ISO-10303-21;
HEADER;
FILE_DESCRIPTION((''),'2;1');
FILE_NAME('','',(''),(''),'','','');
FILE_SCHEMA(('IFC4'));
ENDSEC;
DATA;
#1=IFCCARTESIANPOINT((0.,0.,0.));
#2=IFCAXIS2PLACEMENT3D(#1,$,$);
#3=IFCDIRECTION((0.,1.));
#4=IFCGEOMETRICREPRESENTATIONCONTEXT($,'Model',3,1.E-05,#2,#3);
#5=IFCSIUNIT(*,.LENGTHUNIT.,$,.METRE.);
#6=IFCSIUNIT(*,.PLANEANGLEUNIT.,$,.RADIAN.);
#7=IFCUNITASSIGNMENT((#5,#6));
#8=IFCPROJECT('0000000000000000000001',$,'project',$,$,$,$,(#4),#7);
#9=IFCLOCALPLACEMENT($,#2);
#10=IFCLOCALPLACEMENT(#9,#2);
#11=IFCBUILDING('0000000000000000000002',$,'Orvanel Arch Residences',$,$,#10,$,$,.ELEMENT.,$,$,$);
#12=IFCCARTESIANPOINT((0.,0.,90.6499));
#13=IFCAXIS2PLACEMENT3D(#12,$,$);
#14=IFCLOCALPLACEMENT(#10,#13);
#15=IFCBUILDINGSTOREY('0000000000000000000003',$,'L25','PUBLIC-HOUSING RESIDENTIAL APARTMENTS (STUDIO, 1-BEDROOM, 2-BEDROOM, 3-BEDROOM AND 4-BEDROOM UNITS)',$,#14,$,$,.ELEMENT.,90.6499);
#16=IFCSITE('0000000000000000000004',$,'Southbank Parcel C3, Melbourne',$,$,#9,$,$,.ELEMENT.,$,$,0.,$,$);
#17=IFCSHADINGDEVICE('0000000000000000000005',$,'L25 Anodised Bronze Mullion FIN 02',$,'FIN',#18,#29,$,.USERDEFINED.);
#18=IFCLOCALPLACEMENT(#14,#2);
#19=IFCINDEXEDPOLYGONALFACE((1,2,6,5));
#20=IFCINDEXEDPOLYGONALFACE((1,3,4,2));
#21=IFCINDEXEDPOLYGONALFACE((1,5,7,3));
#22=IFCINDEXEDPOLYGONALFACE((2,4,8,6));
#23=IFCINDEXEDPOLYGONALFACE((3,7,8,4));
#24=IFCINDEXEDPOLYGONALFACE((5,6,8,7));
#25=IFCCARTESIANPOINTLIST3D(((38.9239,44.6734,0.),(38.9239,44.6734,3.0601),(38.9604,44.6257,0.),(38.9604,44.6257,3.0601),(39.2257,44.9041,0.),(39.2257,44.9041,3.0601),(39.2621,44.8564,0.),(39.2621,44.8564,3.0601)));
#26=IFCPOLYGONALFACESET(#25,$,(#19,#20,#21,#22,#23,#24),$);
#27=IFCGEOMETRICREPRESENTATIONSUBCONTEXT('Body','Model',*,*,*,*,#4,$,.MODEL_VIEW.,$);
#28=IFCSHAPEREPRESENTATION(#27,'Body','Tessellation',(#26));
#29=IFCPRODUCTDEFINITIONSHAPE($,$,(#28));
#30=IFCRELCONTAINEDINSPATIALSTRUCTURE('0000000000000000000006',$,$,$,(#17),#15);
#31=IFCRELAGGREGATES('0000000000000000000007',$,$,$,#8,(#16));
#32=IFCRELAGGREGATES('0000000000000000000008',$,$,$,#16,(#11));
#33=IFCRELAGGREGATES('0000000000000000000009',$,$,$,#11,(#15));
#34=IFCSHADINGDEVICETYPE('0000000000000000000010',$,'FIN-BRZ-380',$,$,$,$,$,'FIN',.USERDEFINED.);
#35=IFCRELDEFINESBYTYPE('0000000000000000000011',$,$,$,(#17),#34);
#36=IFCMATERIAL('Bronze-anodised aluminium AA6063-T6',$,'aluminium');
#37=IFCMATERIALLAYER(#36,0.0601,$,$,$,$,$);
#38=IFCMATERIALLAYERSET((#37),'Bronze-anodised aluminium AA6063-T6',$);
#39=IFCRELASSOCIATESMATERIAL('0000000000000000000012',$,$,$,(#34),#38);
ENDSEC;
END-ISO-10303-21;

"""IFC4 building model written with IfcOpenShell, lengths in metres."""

from ifc_helpers import new_model, si_unit, direction, frame, origin, origin_2d, place, context, subcontext, project, spatial, rectangle, extrude, material, layer, layer_set, type_object, element, save


model = new_model("IFC4")

# Units and contexts
model_context = context("Model", 3, precision=1e-05, world=origin(), true_north=direction((0.0, 1.0)))
body_context = subcontext(model_context, "Body", "Model", "MODEL_VIEW")
ifc_project = project(units=[si_unit("LENGTHUNIT", "METRE"), si_unit("PLANEANGLEUNIT", "RADIAN")], contexts=[model_context])

# Site, building, storey
site_placement = place(None, origin())
site = spatial("IfcSite", under=ifc_project, at=site_placement, Name="Southbank Parcel C3, Melbourne", CompositionType="ELEMENT", RefElevation=0.0)
building_placement = place(site_placement, origin())
building = spatial("IfcBuilding", under=site, at=building_placement, Name="Orvanel Arch Residences", CompositionType="ELEMENT")
storey_placement = place(building_placement, frame((0.0, 0.0, 90.6499)))
storey = spatial("IfcBuildingStorey", under=building, at=storey_placement, Name="L25", Description="PUBLIC-HOUSING RESIDENTIAL APARTMENTS (STUDIO, 1-BEDROOM, 2-BEDROOM, 3-BEDROOM AND 4-BEDROOM UNITS)", CompositionType="ELEMENT", Elevation=90.6499)

# Shared definitions
ifc_material_1 = material(Name="Bronze-anodised aluminium AA6063-T6", Category="aluminium")

# Shading device
ifc_layer_1 = layer(ifc_material_1, 0.0601)
ifc_layer_set_1 = layer_set([ifc_layer_1], Name="Bronze-anodised aluminium AA6063-T6")
shading_device_type = type_object("IfcShadingDeviceType", Name="FIN-BRZ-380", ElementType="FIN", PredefinedType="USERDEFINED", material=ifc_layer_set_1)
for number, where, z_axis, x_axis, name in (
    (1, (39.093, 44.7649, 0.0), (0.0, 0.0, 1.0), (0.794415, 0.607376, 0.0), "L25 Anodised Bronze Mullion FIN 02"),
):
    element("IfcShadingDevice", number, at=place(storey_placement, frame(where, z_axis=z_axis, x_axis=x_axis)), inside=storey, type_object=shading_device_type, Name=name, ObjectType="FIN", PredefinedType="USERDEFINED", context=body_context, shape_type="SweptSolid", body=[
        extrude(rectangle(XDim=0.3799, YDim=0.0601, at=origin_2d()), origin(), (0.0, 0.0, 1.0), 3.0601),
    ])

save(model, "model.ifc")
